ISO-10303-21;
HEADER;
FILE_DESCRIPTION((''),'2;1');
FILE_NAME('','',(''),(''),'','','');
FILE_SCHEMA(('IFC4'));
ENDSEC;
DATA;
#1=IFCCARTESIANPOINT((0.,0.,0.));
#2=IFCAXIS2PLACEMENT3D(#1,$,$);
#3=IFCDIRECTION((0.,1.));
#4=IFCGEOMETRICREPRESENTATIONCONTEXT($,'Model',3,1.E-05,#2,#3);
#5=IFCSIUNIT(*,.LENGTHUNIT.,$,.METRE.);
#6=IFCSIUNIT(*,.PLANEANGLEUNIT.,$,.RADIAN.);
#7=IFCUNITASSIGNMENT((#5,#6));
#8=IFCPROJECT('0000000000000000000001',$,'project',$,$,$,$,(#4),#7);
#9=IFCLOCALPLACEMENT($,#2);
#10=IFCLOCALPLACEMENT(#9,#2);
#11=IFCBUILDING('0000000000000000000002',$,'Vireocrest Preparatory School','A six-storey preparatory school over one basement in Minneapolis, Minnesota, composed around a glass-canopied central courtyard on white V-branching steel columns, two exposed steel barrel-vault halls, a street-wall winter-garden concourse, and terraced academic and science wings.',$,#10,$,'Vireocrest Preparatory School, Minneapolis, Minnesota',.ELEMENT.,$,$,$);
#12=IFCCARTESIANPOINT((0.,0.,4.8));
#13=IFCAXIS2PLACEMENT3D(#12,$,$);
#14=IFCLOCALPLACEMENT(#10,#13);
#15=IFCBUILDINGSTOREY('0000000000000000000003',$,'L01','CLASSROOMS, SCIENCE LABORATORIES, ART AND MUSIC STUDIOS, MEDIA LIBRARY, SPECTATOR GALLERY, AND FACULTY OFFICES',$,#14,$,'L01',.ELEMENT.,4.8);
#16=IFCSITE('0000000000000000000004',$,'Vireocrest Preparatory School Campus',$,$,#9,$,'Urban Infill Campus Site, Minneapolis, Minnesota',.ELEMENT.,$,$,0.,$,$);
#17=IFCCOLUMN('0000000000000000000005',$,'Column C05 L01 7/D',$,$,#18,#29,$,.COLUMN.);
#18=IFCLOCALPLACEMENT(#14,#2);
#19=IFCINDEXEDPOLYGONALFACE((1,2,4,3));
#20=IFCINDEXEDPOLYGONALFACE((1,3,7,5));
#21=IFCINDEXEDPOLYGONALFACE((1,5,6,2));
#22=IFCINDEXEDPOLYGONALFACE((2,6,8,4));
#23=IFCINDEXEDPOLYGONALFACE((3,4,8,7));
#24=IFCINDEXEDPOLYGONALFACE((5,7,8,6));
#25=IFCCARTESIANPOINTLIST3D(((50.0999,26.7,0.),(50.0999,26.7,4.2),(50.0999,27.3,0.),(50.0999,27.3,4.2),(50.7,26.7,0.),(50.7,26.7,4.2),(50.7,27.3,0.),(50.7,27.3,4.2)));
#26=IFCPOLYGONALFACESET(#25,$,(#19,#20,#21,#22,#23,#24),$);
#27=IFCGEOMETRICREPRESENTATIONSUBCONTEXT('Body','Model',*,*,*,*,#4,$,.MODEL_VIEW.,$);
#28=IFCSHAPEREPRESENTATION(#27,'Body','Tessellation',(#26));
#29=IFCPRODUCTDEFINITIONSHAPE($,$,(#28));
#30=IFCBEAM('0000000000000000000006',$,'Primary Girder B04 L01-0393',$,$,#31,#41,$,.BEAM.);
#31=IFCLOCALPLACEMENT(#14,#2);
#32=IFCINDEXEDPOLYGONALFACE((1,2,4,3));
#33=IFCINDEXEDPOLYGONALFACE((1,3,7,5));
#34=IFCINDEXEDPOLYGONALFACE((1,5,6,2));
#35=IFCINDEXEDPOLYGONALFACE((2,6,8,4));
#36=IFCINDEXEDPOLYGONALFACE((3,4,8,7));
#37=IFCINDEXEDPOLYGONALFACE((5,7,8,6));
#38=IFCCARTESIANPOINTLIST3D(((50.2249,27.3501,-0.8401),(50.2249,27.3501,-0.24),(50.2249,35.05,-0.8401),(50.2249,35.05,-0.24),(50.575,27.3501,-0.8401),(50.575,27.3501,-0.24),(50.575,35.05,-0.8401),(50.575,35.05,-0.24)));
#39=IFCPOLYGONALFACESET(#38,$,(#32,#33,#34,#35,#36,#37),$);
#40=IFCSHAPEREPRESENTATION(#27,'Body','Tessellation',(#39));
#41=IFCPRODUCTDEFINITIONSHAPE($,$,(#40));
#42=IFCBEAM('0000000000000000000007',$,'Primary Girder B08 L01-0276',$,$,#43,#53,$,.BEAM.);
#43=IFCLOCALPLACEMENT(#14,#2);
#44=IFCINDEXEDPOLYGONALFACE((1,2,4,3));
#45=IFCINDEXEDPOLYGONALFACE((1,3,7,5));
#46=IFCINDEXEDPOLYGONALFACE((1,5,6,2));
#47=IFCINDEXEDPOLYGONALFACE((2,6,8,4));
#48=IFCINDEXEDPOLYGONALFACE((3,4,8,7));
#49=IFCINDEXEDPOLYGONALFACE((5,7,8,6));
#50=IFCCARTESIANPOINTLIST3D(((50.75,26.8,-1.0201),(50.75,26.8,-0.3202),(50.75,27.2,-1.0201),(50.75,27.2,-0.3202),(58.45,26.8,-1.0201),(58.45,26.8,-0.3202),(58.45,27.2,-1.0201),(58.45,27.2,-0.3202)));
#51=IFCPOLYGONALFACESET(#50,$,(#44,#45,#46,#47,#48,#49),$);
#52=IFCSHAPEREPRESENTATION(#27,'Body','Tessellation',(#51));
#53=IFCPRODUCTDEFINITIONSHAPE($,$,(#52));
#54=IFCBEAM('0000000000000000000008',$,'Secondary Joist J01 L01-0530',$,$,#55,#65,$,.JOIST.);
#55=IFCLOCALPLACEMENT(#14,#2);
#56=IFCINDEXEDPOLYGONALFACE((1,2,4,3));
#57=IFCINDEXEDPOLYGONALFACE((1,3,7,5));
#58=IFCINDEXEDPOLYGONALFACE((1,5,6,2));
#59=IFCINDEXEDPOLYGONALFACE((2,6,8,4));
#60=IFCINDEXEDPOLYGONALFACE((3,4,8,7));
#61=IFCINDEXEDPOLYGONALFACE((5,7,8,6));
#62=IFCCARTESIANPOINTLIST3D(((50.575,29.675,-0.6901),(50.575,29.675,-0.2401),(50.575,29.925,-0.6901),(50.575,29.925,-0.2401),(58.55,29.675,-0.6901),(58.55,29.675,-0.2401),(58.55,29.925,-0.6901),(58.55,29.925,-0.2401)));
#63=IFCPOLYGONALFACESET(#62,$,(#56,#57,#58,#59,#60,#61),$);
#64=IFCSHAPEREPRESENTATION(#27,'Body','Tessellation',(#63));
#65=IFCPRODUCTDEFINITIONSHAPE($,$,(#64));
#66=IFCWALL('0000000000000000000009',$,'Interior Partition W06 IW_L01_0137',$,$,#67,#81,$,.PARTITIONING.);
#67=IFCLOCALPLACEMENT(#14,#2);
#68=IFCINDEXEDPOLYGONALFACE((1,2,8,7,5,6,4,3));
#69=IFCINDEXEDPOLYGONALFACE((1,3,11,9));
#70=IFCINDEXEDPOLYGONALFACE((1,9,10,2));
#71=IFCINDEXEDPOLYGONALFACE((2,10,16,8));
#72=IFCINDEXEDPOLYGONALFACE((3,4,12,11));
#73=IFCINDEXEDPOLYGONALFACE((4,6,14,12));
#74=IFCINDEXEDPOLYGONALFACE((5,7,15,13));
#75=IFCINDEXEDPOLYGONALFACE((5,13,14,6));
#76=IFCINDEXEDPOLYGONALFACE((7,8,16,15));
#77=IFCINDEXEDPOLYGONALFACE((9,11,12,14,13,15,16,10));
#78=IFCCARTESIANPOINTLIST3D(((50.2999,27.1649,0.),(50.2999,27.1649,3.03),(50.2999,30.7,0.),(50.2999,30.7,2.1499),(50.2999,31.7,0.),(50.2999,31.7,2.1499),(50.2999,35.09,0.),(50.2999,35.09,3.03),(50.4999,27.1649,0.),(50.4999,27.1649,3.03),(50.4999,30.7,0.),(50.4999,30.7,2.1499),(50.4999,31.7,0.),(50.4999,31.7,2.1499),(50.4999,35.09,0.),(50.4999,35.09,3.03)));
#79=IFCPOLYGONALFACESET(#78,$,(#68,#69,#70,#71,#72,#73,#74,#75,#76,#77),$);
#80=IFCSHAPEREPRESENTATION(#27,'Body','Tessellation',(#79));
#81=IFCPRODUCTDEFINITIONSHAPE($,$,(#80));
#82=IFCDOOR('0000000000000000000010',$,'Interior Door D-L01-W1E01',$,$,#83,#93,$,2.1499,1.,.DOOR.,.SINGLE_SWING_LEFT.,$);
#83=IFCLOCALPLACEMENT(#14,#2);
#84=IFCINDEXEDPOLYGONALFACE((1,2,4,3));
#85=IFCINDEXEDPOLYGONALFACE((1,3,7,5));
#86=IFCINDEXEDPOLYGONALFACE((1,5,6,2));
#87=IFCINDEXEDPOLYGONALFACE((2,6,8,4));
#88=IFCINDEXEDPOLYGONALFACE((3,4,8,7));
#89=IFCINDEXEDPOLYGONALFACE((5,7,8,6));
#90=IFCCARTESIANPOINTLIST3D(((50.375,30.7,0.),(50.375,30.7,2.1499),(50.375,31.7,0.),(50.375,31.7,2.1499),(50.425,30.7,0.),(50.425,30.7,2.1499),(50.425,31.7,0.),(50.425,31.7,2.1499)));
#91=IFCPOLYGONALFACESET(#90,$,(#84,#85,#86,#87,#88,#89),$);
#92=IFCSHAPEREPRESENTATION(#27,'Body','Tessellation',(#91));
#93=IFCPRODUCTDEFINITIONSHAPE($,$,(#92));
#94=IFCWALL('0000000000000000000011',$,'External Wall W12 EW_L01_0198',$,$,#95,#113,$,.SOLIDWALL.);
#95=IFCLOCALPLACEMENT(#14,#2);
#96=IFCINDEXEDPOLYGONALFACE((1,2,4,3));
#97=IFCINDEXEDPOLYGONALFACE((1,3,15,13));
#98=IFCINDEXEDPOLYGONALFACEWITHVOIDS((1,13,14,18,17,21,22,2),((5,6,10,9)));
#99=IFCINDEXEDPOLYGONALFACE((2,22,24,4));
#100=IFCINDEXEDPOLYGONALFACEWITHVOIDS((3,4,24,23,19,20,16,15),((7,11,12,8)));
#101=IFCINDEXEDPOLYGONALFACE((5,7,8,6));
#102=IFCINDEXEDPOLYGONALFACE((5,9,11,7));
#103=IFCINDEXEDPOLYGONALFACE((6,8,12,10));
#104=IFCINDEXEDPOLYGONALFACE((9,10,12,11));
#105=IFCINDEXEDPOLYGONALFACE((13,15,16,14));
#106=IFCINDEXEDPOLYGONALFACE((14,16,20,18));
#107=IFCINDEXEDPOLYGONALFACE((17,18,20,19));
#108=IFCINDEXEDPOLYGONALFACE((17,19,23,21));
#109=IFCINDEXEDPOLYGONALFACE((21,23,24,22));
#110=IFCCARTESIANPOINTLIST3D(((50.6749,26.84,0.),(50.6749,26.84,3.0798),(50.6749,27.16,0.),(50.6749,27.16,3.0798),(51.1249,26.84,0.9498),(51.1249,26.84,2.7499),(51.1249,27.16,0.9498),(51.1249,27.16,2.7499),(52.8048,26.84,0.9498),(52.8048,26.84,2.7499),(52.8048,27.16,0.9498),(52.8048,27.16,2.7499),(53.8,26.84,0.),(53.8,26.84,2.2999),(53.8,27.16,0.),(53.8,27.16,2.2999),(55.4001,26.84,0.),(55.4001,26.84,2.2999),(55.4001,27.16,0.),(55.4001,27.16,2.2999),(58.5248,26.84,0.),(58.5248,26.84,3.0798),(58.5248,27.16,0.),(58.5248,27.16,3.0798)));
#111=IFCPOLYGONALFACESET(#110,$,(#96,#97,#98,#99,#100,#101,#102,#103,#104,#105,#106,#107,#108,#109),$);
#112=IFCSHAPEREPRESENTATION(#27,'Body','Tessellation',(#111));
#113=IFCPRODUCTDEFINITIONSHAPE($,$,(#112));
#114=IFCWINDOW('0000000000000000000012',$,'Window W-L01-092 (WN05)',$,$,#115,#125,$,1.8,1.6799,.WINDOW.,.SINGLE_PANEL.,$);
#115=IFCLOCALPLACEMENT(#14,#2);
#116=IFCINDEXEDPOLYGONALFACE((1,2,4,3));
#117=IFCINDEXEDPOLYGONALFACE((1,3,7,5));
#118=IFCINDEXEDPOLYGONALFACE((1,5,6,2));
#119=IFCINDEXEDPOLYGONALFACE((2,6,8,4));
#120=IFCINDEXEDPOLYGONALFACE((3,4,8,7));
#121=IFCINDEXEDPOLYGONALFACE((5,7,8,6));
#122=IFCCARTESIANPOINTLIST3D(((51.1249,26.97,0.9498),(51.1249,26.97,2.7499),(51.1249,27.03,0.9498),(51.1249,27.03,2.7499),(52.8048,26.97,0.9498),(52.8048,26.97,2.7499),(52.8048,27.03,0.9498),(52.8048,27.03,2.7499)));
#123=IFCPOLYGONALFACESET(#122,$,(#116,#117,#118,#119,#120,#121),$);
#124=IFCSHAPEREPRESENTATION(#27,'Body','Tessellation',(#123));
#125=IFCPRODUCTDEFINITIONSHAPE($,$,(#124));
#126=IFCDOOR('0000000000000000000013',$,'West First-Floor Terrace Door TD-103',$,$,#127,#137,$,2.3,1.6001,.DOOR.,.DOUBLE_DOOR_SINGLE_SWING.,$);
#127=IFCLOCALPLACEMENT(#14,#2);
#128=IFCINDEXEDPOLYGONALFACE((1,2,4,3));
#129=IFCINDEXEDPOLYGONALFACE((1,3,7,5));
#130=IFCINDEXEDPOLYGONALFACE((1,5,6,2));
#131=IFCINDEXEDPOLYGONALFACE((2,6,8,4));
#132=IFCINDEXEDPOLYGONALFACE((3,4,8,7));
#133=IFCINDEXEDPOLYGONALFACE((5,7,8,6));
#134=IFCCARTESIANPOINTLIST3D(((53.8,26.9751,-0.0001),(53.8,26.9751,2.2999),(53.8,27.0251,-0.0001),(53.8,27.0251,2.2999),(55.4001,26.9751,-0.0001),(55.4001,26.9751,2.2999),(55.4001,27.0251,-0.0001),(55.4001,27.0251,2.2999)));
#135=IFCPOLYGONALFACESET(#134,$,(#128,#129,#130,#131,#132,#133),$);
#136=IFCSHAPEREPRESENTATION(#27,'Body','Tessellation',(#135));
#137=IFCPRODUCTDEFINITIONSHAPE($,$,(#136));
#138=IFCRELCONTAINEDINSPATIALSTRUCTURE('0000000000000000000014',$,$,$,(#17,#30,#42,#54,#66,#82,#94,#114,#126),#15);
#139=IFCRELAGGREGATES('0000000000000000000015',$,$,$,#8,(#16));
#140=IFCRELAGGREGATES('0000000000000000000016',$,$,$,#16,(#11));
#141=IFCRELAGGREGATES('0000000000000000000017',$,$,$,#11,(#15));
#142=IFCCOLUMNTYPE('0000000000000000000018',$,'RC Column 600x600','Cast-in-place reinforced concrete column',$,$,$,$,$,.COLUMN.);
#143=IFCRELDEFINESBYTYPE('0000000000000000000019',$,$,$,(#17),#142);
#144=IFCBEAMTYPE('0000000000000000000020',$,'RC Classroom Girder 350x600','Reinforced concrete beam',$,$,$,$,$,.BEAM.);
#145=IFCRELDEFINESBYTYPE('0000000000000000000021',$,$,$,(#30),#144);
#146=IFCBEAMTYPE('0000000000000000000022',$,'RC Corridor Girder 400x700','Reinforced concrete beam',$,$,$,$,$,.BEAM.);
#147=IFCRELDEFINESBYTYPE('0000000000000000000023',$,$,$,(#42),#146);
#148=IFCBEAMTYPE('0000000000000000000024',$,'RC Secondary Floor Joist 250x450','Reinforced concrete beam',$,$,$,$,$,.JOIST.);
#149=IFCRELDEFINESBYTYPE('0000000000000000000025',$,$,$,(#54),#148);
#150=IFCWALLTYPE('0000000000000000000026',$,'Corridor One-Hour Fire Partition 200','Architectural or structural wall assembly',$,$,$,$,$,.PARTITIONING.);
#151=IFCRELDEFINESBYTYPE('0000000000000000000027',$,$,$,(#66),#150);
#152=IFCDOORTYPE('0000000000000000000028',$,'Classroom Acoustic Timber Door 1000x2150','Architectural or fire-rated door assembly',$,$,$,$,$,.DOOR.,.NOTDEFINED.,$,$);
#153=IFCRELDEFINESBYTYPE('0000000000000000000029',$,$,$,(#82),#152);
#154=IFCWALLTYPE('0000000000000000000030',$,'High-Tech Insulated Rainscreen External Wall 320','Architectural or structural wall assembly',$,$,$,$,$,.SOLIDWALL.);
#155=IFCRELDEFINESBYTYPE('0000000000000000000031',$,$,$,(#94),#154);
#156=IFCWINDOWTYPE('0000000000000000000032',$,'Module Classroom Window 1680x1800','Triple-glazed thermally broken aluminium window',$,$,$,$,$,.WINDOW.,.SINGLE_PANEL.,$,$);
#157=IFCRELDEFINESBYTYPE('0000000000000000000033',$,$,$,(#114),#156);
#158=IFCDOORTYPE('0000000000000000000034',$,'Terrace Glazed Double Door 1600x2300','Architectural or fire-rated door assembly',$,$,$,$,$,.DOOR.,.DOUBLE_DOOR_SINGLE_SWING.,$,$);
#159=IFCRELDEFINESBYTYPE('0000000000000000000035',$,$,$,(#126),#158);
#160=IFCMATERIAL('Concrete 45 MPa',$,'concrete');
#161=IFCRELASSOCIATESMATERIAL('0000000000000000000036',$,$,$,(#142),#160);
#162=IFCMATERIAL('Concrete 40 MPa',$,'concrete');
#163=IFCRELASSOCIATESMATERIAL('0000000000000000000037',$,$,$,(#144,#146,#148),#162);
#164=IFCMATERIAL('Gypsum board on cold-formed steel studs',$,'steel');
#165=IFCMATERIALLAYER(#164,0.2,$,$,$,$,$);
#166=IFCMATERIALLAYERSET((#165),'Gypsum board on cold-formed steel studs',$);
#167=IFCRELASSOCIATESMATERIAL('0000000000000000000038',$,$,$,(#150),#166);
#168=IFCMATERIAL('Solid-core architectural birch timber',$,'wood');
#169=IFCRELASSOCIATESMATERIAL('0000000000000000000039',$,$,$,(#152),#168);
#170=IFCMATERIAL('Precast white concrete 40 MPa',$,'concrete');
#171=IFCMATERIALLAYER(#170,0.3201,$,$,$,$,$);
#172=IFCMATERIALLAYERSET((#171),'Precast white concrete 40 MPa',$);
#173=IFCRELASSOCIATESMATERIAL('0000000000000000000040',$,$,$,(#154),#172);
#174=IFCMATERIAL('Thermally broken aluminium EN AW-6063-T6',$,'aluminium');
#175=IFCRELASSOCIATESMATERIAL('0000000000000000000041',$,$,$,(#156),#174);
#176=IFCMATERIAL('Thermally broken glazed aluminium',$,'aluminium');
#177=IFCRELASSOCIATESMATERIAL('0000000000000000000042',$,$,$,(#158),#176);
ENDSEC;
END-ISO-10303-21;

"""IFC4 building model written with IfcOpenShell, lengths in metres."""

from ifc_helpers import new_model, si_unit, direction, frame, frame_2d, origin, origin_2d, place, context, subcontext, project, spatial, rectangle, extrude, material, layer, layer_set, material_profile, profile_set, type_object, element, fill, save


model = new_model("IFC4")

# Units and contexts
model_context = context("Model", 3, precision=1e-05, world=origin(), true_north=direction((0.0, 1.0)))
body_context = subcontext(model_context, "Body", "Model", "MODEL_VIEW")
ifc_project = project(units=[si_unit("LENGTHUNIT", "METRE"), si_unit("PLANEANGLEUNIT", "RADIAN")], contexts=[model_context])

# Site, building, storey
site_placement = place(None, origin())
site = spatial("IfcSite", under=ifc_project, at=site_placement, Name="Vireocrest Preparatory School Campus", LongName="Urban Infill Campus Site, Minneapolis, Minnesota", CompositionType="ELEMENT", RefElevation=0.0)
building_placement = place(site_placement, origin())
building = spatial("IfcBuilding", under=site, at=building_placement, Name="Vireocrest Preparatory School", Description="A six-storey preparatory school over one basement in Minneapolis, Minnesota, composed around a glass-canopied central courtyard on white V-branching steel columns, two exposed steel barrel-vault halls, a street-wall winter-garden concourse, and terraced academic and science wings.", LongName="Vireocrest Preparatory School, Minneapolis, Minnesota", CompositionType="ELEMENT")
storey_placement = place(building_placement, frame((0.0, 0.0, 4.8)))
storey = spatial("IfcBuildingStorey", under=building, at=storey_placement, Name="L01", Description="CLASSROOMS, SCIENCE LABORATORIES, ART AND MUSIC STUDIOS, MEDIA LIBRARY, SPECTATOR GALLERY, AND FACULTY OFFICES", LongName="L01", CompositionType="ELEMENT", Elevation=4.8)

# Column
ifc_material_1 = material(Name="Concrete 45 MPa", Category="concrete")
ifc_material_profile_1 = material_profile(ifc_material_1, rectangle(XDim=0.6001, YDim=0.6001, at=origin_2d()), Name="RC 600x600")
ifc_profile_set_1 = profile_set([ifc_material_profile_1], Name="Concrete 45 MPa")
column_type = type_object("IfcColumnType", Name="RC Column 600x600", Description="Cast-in-place reinforced concrete column", PredefinedType="COLUMN", material=ifc_profile_set_1)
column_placement = place(storey_placement, frame((50.3999, 27.0, 0.0), z_axis=(0.0, 0.0, 1.0), x_axis=(1.0, 0.0, 0.0)))
element("IfcColumn", 1, at=column_placement, inside=storey, type_object=column_type, Name="Column C05 L01 7/D", PredefinedType="COLUMN", context=body_context, shape_type="SweptSolid", body=[
    extrude(rectangle(XDim=0.6001, YDim=0.6001, at=origin_2d()), origin(), (0.0, 0.0, 1.0), 4.2),
])

# Beams
ifc_material_2 = material(Name="Concrete 40 MPa", Category="concrete")
ifc_material_profile_2 = material_profile(ifc_material_2, rectangle(XDim=0.3501, YDim=0.6001, at=origin_2d()), Name="RC 350x600")
ifc_profile_set_2 = profile_set([ifc_material_profile_2], Name="Concrete 40 MPa")
beam_type_1 = type_object("IfcBeamType", Name="RC Classroom Girder 350x600", Description="Reinforced concrete beam", PredefinedType="BEAM", material=ifc_profile_set_2)
beam_1_placement = place(storey_placement, frame((50.3999, 27.3501, -0.54), z_axis=(0.0, 1.0, 0.0), x_axis=(-1.0, 0.0, 0.0)))
element("IfcBeam", 2, at=beam_1_placement, inside=storey, type_object=beam_type_1, Name="Primary Girder B04 L01-0393", PredefinedType="BEAM", context=body_context, shape_type="SweptSolid", body=[
    extrude(rectangle(XDim=0.3501, YDim=0.6001, at=origin_2d()), origin(), (0.0, 0.0, 1.0), 7.7),
])
ifc_material_profile_3 = material_profile(ifc_material_2, rectangle(XDim=0.3999, YDim=0.7, at=origin_2d()), Name="RC 400x700")
ifc_profile_set_3 = profile_set([ifc_material_profile_3], Name="Concrete 40 MPa")
beam_type_2 = type_object("IfcBeamType", Name="RC Corridor Girder 400x700", Description="Reinforced concrete beam", PredefinedType="BEAM", material=ifc_profile_set_3)
beam_2_placement = place(storey_placement, frame((50.75, 27.0, -0.6702), z_axis=(1.0, 0.0, 0.0), x_axis=(0.0, 1.0, 0.0)))
element("IfcBeam", 3, at=beam_2_placement, inside=storey, type_object=beam_type_2, Name="Primary Girder B08 L01-0276", PredefinedType="BEAM", context=body_context, shape_type="SweptSolid", body=[
    extrude(rectangle(XDim=0.3999, YDim=0.7, at=origin_2d()), origin(), (0.0, 0.0, 1.0), 7.7),
])
ifc_material_profile_4 = material_profile(ifc_material_2, rectangle(XDim=0.25, YDim=0.45, at=origin_2d()), Name="RC 250x450")
ifc_profile_set_4 = profile_set([ifc_material_profile_4], Name="Concrete 40 MPa")
beam_type_3 = type_object("IfcBeamType", Name="RC Secondary Floor Joist 250x450", Description="Reinforced concrete beam", PredefinedType="JOIST", material=ifc_profile_set_4)
beam_3_placement = place(storey_placement, frame((50.575, 29.8, -0.4651), z_axis=(1.0, 0.0, 0.0), x_axis=(0.0, 1.0, 0.0)))
element("IfcBeam", 4, at=beam_3_placement, inside=storey, type_object=beam_type_3, Name="Secondary Joist J01 L01-0530", PredefinedType="JOIST", context=body_context, shape_type="SweptSolid", body=[
    extrude(rectangle(XDim=0.25, YDim=0.45, at=origin_2d()), origin(), (0.0, 0.0, 1.0), 7.9751),
])

# Shared definitions
ifc_material_3 = material(Name="Gypsum board on cold-formed steel studs", Category="steel")
ifc_layer_1 = layer(ifc_material_3, 0.2)
ifc_layer_set_1 = layer_set([ifc_layer_1], Name="Gypsum board on cold-formed steel studs")
wall_type_1 = type_object("IfcWallType", Name="Corridor One-Hour Fire Partition 200", Description="Architectural or structural wall assembly", PredefinedType="PARTITIONING", material=ifc_layer_set_1)
ifc_material_4 = material(Name="Solid-core architectural birch timber", Category="wood")
door_type_1 = type_object("IfcDoorType", Name="Classroom Acoustic Timber Door 1000x2150", Description="Architectural or fire-rated door assembly", OperationType="NOTDEFINED", PredefinedType="DOOR", material=ifc_material_4)

# Wall, opening, door
wall_1_placement = place(storey_placement, frame((50.3999, 27.165, 0.0), z_axis=(0.0, 0.0, 1.0), x_axis=(0.0, 1.0, 0.0)))
wall_1 = element("IfcWall", 5, at=wall_1_placement, inside=storey, type_object=wall_type_1, Name="Interior Partition W06 IW_L01_0137", PredefinedType="PARTITIONING", context=body_context, shape_type="SweptSolid", body=[
    extrude(rectangle(XDim=7.925, YDim=0.2, at=frame_2d((3.9624, 0.0))), origin(), (0.0, 0.0, 1.0), 3.03),
])
opening_1_placement = place(wall_1_placement, frame((3.5349, 0.0, 0.0)))
opening_1 = element("IfcOpeningElement", 6, at=opening_1_placement, cuts=wall_1, PredefinedType="OPENING", context=body_context, shape_type="SweptSolid", body=[
    extrude(rectangle(XDim=1.0, YDim=2.1499, at=frame_2d((0.5, 1.075))), frame((0.0, 0.1099, 0.0), z_axis=(0.0, -1.0, 0.0), x_axis=(1.0, 0.0, 0.0)), (0.0, 0.0, 1.0), 0.22),
])
door_1_placement = place(opening_1_placement, origin())
door_1 = element("IfcDoor", 7, at=door_1_placement, inside=storey, type_object=door_type_1, Name="Interior Door D-L01-W1E01", OperationType="SINGLE_SWING_LEFT", OverallHeight=2.1499, OverallWidth=1.0, PredefinedType="DOOR", context=body_context, shape_type="SweptSolid", body=[
    extrude(rectangle(XDim=1.0, YDim=2.1499, at=frame_2d((0.5, 1.075))), frame((0.0, 0.0249, 0.0), z_axis=(0.0, -1.0, 0.0), x_axis=(1.0, 0.0, 0.0)), (0.0, 0.0, 1.0), 0.05),
])
fill(opening_1, door_1)

# Wall, openings, window, door
ifc_material_5 = material(Name="Precast white concrete 40 MPa", Category="concrete")
ifc_layer_2 = layer(ifc_material_5, 0.3201)
ifc_layer_set_2 = layer_set([ifc_layer_2], Name="Precast white concrete 40 MPa")
wall_type_2 = type_object("IfcWallType", Name="High-Tech Insulated Rainscreen External Wall 320", Description="Architectural or structural wall assembly", PredefinedType="SOLIDWALL", material=ifc_layer_set_2)
wall_2_placement = place(storey_placement, frame((50.675, 27.0, 0.0), z_axis=(0.0, 0.0, 1.0), x_axis=(1.0, 0.0, 0.0)))
wall_2 = element("IfcWall", 8, at=wall_2_placement, inside=storey, type_object=wall_type_2, Name="External Wall W12 EW_L01_0198", PredefinedType="SOLIDWALL", context=body_context, shape_type="SweptSolid", body=[
    extrude(rectangle(XDim=7.8499, YDim=0.3201, at=frame_2d((3.9248, 0.0))), origin(), (0.0, 0.0, 1.0), 3.0798),
])
opening_2_placement = place(wall_2_placement, frame((4.7251, 0.0, 0.0), z_axis=(0.0, 0.0, 1.0), x_axis=(-1.0, 0.0, 0.0)))
opening_2 = element("IfcOpeningElement", 9, at=opening_2_placement, cuts=wall_2, PredefinedType="OPENING", context=body_context, shape_type="SweptSolid", body=[
    extrude(rectangle(XDim=1.6001, YDim=2.3, at=frame_2d((0.8, 1.1499))), frame((0.0, 0.1699, 0.0), z_axis=(0.0, -1.0, 0.0), x_axis=(1.0, 0.0, 0.0)), (0.0, 0.0, 1.0), 0.3401),
])
opening_3_placement = place(wall_2_placement, frame((0.45, 0.0, 0.95)))
opening_3 = element("IfcOpeningElement", 10, at=opening_3_placement, cuts=wall_2, PredefinedType="OPENING", context=body_context, shape_type="SweptSolid", body=[
    extrude(rectangle(XDim=1.6799, YDim=1.8, at=frame_2d((0.8398, 0.8999))), frame((0.0, 0.1699, 0.0), z_axis=(0.0, -1.0, 0.0), x_axis=(1.0, 0.0, 0.0)), (0.0, 0.0, 1.0), 0.3401),
])
ifc_material_6 = material(Name="Thermally broken aluminium EN AW-6063-T6", Category="aluminium")
window_type = type_object("IfcWindowType", Name="Module Classroom Window 1680x1800", Description="Triple-glazed thermally broken aluminium window", PartitioningType="SINGLE_PANEL", PredefinedType="WINDOW", material=ifc_material_6)
window_placement = place(opening_3_placement, origin())
window = element("IfcWindow", 11, at=window_placement, inside=storey, type_object=window_type, Name="Window W-L01-092 (WN05)", OverallHeight=1.8, OverallWidth=1.6799, PartitioningType="SINGLE_PANEL", PredefinedType="WINDOW", context=body_context, shape_type="SweptSolid", body=[
    extrude(rectangle(XDim=1.6799, YDim=1.8, at=frame_2d((0.8398, 0.8999))), frame((0.0, 0.03, 0.0), z_axis=(0.0, -1.0, 0.0), x_axis=(1.0, 0.0, 0.0)), (0.0, 0.0, 1.0), 0.0601),
])
fill(opening_3, window)
ifc_material_7 = material(Name="Thermally broken glazed aluminium", Category="aluminium")
door_type_2 = type_object("IfcDoorType", Name="Terrace Glazed Double Door 1600x2300", Description="Architectural or fire-rated door assembly", OperationType="DOUBLE_DOOR_SINGLE_SWING", PredefinedType="DOOR", material=ifc_material_7)
door_2_placement = place(opening_2_placement, origin())
door_2 = element("IfcDoor", 12, at=door_2_placement, inside=storey, type_object=door_type_2, Name="West First-Floor Terrace Door TD-103", OperationType="DOUBLE_DOOR_SINGLE_SWING", OverallHeight=2.3, OverallWidth=1.6001, PredefinedType="DOOR", context=body_context, shape_type="SweptSolid", body=[
    extrude(rectangle(XDim=1.6001, YDim=2.3, at=frame_2d((0.8, 1.1499))), frame((0.0, 0.0249, 0.0), z_axis=(0.0, -1.0, 0.0), x_axis=(1.0, 0.0, 0.0)), (0.0, 0.0, 1.0), 0.05),
])
fill(opening_2, door_2)

save(model, "model.ifc")
